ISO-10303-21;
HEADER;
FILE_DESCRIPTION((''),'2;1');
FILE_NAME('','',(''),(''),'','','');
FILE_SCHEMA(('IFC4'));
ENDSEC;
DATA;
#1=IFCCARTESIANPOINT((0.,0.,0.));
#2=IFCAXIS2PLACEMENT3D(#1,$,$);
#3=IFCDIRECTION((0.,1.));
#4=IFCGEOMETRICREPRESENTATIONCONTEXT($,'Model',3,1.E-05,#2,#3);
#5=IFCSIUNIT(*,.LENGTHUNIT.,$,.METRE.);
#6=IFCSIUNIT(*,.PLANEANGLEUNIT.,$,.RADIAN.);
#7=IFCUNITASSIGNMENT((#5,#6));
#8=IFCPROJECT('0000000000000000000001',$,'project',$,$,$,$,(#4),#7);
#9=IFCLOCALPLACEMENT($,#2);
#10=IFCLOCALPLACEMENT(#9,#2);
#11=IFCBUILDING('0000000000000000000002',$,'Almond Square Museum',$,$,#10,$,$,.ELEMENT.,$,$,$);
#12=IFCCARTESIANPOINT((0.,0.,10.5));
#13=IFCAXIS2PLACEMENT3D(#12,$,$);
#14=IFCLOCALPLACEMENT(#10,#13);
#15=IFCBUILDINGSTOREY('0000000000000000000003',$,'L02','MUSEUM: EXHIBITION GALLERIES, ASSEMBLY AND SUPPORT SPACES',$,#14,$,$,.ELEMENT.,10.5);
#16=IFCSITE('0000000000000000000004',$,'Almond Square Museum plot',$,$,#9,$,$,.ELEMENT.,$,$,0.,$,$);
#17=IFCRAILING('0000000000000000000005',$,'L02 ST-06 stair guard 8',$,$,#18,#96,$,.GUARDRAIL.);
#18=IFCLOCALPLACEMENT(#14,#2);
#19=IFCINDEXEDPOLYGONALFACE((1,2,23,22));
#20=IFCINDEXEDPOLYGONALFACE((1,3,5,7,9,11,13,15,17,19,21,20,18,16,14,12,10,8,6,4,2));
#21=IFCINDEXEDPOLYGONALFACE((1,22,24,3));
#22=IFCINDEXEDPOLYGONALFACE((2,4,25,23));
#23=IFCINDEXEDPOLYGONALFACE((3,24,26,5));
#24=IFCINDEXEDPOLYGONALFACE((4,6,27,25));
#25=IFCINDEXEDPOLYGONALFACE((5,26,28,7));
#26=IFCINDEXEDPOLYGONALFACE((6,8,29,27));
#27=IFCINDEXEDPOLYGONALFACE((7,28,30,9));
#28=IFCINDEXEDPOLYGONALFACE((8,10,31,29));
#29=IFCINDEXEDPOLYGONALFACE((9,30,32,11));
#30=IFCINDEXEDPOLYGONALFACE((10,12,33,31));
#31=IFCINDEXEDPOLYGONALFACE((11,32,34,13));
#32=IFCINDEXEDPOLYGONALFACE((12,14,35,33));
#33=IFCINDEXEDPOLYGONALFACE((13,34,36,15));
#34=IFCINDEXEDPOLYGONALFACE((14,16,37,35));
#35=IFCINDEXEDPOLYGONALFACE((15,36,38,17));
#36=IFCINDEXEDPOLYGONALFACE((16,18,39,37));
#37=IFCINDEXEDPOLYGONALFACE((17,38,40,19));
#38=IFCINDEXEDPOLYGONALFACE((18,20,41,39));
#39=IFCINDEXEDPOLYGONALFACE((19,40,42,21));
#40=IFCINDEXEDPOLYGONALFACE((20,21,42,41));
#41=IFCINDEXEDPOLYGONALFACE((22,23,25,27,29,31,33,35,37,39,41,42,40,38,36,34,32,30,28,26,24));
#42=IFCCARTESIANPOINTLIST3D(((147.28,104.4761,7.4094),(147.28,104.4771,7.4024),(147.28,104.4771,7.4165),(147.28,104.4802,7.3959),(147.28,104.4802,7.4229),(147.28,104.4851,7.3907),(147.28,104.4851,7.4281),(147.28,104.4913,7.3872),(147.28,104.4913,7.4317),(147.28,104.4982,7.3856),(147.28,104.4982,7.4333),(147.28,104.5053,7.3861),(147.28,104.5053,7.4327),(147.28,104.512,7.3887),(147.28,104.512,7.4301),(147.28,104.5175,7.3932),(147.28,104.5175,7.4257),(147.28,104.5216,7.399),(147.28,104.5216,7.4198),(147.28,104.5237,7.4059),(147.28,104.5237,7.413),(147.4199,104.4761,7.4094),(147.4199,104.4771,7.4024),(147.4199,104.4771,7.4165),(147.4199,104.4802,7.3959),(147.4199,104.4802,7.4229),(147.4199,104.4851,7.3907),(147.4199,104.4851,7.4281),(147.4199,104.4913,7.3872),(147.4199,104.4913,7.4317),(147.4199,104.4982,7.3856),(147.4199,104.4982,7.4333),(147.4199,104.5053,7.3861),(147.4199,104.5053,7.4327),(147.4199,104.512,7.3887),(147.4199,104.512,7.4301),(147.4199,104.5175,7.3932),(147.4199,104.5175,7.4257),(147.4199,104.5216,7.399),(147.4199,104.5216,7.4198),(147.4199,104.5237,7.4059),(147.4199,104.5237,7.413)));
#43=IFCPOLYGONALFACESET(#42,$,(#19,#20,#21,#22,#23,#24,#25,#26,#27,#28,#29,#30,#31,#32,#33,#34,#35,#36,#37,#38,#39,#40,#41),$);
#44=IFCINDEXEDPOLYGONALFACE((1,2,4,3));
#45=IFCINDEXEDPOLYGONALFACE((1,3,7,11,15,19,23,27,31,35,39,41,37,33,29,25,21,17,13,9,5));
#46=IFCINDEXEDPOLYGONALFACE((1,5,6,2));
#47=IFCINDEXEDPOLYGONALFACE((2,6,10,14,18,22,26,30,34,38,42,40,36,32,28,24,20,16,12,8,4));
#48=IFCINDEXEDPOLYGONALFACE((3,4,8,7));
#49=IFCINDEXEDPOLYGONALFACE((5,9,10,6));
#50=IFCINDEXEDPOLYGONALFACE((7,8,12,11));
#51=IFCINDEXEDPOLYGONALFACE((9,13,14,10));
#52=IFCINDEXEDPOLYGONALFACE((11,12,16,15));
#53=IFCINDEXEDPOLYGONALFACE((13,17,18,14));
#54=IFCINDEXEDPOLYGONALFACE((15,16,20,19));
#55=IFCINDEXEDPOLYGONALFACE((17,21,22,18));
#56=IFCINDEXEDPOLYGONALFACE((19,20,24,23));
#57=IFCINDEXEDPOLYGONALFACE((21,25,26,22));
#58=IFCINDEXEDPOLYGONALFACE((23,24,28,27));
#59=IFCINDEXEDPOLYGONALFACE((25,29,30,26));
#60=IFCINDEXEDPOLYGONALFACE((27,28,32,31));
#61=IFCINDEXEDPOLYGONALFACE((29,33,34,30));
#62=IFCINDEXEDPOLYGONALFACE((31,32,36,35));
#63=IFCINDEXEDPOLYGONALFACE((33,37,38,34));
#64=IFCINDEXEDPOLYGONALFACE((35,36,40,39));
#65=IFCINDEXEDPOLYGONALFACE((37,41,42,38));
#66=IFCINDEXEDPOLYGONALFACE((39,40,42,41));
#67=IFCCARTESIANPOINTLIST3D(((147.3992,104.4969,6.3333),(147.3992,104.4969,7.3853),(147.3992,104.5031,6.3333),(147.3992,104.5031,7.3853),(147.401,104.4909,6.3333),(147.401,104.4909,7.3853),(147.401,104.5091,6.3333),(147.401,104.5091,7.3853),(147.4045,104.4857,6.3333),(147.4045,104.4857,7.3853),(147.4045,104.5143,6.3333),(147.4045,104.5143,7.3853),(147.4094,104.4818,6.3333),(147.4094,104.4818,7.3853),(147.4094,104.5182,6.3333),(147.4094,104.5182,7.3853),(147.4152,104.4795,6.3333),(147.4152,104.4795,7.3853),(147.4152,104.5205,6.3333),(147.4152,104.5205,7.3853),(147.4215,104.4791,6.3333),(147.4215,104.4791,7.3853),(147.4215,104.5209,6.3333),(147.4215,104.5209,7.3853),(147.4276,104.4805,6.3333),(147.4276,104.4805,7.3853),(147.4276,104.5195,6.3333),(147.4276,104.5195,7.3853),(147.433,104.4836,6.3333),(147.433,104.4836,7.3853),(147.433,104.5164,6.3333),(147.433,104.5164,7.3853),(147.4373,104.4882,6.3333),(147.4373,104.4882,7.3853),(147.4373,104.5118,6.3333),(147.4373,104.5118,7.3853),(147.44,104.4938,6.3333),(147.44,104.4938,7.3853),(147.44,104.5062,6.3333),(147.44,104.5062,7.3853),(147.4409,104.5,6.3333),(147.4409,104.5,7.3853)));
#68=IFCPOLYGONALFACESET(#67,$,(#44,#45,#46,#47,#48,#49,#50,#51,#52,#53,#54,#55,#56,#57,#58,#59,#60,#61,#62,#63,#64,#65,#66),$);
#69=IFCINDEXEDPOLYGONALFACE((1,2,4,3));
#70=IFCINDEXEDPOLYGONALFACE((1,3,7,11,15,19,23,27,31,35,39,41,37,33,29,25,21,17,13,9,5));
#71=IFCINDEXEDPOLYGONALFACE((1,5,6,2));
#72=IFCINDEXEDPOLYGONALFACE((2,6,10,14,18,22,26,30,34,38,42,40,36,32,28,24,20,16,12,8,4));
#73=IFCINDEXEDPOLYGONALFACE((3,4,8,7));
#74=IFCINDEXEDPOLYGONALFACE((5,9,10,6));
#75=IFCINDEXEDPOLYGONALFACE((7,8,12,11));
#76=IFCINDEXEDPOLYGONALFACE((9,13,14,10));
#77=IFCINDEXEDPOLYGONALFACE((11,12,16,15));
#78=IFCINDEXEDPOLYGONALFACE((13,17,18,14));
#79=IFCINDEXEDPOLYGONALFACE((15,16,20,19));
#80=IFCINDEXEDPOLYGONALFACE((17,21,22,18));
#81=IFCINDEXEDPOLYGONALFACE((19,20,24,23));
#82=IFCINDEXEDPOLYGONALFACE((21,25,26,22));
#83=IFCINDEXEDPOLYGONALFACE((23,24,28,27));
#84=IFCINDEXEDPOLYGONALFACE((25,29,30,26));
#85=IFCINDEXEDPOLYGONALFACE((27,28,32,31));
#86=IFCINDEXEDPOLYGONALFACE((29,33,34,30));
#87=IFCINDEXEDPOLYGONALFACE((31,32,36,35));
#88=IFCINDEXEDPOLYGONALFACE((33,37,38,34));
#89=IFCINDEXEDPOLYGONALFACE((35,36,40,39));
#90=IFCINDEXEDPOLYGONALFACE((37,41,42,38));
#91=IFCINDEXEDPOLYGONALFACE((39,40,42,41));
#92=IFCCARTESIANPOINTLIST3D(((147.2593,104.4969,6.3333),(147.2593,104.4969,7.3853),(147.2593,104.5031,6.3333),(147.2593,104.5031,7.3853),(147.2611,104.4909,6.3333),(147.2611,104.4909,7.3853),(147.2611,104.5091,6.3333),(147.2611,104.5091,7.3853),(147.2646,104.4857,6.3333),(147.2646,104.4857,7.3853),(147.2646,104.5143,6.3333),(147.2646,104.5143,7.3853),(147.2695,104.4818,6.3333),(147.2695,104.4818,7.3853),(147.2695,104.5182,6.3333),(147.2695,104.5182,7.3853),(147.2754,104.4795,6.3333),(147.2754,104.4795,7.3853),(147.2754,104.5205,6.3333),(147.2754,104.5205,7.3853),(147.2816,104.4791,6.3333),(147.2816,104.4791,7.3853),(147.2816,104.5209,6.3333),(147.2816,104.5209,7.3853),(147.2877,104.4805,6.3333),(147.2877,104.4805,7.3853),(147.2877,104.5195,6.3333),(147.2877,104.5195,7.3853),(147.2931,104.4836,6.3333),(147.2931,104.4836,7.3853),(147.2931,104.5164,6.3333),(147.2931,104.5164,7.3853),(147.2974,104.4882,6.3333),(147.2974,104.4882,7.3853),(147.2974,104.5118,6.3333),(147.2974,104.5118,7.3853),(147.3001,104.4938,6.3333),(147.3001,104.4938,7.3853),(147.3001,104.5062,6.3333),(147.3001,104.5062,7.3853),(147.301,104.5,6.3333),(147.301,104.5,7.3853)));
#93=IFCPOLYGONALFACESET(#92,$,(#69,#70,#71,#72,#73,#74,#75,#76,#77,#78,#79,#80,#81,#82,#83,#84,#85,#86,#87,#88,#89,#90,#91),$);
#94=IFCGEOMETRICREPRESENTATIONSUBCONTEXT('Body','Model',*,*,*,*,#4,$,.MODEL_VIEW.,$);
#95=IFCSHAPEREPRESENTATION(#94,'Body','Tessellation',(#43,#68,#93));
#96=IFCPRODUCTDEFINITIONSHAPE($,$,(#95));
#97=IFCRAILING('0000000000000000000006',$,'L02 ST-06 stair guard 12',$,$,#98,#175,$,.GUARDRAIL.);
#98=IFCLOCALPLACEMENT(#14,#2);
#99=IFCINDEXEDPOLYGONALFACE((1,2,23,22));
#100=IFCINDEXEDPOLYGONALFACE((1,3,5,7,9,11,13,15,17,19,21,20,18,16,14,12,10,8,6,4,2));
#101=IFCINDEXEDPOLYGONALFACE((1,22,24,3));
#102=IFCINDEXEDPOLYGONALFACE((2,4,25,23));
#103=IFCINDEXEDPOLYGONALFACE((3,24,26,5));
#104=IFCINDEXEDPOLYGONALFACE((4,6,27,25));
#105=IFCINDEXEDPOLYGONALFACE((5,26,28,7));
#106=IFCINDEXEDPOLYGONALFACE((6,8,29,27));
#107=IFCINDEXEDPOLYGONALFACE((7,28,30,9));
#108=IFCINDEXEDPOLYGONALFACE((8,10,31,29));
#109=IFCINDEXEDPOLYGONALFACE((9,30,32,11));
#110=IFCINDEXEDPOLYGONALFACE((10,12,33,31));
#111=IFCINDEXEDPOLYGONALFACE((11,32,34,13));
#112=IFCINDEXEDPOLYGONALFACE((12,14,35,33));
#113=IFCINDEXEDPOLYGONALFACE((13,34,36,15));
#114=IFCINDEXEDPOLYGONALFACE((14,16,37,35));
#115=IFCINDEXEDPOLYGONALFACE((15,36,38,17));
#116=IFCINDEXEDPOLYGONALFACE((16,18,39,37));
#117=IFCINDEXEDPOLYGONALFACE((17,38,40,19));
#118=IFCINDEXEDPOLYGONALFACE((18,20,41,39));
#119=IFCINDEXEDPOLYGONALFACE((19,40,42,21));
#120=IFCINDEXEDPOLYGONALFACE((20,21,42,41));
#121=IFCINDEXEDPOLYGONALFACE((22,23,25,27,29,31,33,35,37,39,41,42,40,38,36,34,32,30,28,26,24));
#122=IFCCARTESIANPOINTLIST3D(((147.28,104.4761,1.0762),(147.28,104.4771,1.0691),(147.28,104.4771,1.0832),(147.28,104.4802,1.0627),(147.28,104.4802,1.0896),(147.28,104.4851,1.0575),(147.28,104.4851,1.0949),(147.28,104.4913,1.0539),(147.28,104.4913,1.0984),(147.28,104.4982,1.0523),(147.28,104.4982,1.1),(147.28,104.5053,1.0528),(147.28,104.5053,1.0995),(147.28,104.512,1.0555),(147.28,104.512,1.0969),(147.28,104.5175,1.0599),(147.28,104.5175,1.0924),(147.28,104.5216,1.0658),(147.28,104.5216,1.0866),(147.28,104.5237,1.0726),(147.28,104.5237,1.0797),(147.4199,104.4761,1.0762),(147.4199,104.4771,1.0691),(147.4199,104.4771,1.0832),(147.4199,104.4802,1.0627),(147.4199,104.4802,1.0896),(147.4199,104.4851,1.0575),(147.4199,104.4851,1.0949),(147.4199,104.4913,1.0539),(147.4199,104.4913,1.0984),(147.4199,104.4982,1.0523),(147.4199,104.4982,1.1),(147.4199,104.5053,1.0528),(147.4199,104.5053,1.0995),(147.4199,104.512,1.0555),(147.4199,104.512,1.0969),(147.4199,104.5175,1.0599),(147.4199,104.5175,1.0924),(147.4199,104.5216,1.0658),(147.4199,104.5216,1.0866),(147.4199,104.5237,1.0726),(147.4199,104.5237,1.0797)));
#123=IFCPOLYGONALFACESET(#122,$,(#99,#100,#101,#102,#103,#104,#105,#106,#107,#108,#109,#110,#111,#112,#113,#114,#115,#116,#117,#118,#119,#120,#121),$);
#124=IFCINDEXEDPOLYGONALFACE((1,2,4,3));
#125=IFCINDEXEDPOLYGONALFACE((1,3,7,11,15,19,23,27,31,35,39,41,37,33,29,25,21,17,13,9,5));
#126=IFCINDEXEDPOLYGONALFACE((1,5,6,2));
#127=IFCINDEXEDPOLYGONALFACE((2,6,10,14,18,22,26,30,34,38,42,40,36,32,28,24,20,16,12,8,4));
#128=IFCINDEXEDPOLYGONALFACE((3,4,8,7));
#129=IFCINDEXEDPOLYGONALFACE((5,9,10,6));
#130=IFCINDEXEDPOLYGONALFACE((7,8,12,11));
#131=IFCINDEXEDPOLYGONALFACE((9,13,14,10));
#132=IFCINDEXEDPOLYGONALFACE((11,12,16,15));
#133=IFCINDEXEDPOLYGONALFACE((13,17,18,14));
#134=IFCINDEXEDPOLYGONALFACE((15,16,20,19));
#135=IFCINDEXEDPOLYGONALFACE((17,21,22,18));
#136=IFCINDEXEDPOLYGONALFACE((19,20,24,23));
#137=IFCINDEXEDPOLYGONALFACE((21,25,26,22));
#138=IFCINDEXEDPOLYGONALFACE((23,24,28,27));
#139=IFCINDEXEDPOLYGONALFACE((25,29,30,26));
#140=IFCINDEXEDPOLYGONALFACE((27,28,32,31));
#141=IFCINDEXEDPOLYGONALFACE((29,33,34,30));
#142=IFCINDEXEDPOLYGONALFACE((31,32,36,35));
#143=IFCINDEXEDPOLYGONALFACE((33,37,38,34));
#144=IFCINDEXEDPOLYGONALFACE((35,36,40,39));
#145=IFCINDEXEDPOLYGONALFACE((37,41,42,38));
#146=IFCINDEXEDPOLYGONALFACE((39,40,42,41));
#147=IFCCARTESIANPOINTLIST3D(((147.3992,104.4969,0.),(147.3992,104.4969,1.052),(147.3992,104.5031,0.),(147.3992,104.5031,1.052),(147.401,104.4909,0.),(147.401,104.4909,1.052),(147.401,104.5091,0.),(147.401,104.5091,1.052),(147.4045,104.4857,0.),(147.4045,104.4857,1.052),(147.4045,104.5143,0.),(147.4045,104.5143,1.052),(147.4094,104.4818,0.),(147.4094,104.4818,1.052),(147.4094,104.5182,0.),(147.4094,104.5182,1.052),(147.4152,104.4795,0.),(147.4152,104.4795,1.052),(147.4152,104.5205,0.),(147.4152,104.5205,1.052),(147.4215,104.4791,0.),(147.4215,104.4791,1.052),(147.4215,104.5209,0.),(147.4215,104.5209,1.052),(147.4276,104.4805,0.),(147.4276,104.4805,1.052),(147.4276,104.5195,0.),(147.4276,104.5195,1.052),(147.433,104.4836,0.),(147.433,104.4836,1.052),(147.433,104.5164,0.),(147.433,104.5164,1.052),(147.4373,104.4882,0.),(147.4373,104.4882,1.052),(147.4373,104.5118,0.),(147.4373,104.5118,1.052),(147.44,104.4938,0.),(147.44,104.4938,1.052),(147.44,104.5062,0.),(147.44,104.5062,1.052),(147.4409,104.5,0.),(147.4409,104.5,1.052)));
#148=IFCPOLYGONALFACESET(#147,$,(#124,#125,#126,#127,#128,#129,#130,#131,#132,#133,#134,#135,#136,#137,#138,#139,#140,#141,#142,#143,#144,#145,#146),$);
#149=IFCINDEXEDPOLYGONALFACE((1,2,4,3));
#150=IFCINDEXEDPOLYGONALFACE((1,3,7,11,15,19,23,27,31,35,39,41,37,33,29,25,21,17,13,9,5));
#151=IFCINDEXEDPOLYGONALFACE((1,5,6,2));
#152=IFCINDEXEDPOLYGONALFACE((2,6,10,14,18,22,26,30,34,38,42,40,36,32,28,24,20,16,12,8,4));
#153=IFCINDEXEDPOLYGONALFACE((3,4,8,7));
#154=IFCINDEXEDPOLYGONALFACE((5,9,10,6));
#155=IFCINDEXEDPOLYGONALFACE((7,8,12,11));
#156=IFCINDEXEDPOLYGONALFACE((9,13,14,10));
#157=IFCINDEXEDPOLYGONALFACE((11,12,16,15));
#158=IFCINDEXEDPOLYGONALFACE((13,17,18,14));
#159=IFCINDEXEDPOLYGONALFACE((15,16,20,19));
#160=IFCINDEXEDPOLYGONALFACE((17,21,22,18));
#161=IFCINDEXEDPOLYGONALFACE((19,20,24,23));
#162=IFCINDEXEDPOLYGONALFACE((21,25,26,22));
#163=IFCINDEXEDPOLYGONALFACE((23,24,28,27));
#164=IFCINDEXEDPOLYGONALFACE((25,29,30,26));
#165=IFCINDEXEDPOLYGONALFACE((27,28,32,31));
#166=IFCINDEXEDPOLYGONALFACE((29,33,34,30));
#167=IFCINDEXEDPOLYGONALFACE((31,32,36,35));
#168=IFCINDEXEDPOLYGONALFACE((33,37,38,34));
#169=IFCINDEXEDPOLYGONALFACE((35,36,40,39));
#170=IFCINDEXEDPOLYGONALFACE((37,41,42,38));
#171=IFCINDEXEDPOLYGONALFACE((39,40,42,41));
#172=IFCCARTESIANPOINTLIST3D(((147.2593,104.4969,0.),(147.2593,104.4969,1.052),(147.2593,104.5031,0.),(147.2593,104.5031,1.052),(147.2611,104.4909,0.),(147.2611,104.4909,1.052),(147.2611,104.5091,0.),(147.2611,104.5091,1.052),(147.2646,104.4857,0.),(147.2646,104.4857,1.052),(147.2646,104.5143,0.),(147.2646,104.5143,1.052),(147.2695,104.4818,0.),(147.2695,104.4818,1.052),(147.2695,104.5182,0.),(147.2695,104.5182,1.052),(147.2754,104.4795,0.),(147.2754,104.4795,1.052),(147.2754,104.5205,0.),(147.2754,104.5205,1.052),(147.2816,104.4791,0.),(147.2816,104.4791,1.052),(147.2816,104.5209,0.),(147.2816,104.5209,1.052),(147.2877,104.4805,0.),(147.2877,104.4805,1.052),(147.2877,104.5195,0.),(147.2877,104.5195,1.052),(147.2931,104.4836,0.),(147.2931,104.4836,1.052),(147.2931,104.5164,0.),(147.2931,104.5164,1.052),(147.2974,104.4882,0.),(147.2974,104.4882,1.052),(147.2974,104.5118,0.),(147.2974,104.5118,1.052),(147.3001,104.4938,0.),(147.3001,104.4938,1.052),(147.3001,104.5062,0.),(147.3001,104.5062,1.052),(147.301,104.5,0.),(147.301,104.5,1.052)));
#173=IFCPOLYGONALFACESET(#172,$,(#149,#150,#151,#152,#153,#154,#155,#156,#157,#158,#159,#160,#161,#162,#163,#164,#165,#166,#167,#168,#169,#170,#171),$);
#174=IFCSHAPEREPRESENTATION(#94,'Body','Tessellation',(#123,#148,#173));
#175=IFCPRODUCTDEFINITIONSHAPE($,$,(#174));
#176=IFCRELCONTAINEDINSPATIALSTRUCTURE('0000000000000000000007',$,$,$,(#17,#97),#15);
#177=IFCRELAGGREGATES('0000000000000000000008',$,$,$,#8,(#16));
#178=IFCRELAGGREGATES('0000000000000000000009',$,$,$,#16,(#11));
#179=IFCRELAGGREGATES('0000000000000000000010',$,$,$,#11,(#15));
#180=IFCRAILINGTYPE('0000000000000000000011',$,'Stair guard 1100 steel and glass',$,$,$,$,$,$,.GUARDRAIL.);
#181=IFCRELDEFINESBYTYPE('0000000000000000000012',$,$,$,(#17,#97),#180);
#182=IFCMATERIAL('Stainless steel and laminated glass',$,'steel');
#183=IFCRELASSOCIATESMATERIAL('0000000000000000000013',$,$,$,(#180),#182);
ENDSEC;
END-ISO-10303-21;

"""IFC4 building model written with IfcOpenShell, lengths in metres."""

from ifc_helpers import new_model, si_unit, direction, frame, origin, origin_2d, place, context, subcontext, project, spatial, circle, extrude, material, type_object, element, save


model = new_model("IFC4")

# Units and contexts
model_context = context("Model", 3, precision=1e-05, world=origin(), true_north=direction((0.0, 1.0)))
body_context = subcontext(model_context, "Body", "Model", "MODEL_VIEW")
ifc_project = project(units=[si_unit("LENGTHUNIT", "METRE"), si_unit("PLANEANGLEUNIT", "RADIAN")], contexts=[model_context])

# Site, building, storey
site_placement = place(None, origin())
site = spatial("IfcSite", under=ifc_project, at=site_placement, Name="Almond Square Museum plot", CompositionType="ELEMENT", RefElevation=0.0)
building_placement = place(site_placement, origin())
building = spatial("IfcBuilding", under=site, at=building_placement, Name="Almond Square Museum", CompositionType="ELEMENT")
storey_placement = place(building_placement, frame((0.0, 0.0, 10.5)))
storey = spatial("IfcBuildingStorey", under=building, at=storey_placement, Name="L02", Description="MUSEUM: EXHIBITION GALLERIES, ASSEMBLY AND SUPPORT SPACES", CompositionType="ELEMENT", Elevation=10.5)

# Railings
ifc_material_1 = material(Name="Stainless steel and laminated glass", Category="steel")
railing_type_1 = type_object("IfcRailingType", Name="Stair guard 1100 steel and glass", PredefinedType="GUARDRAIL", material=ifc_material_1)
for number, where, name in (
    (1, (147.4199, 104.5, 6.3333), "L02 ST-06 stair guard 8"),
    (2, (147.4199, 104.5, 0.0), "L02 ST-06 stair guard 12"),
):
    element("IfcRailing", number, at=place(storey_placement, frame(where)), inside=storey, type_object=railing_type_1, Name=name, PredefinedType="GUARDRAIL", context=body_context, shape_type="SweptSolid", body=[
        extrude(circle(Radius=0.0239, at=origin_2d()), frame((0.0, 0.0, 1.0762), z_axis=(-1.0, 0.0, 0.0), x_axis=(0.0, -1.0, 0.0)), (0.0, 0.0, 1.0), 0.1399),
        extrude(circle(Radius=0.021, at=origin_2d()), origin(), (0.0, 0.0, 1.0), 1.052),
        extrude(circle(Radius=0.021, at=origin_2d()), frame((-0.1399, 0.0, 0.0)), (0.0, 0.0, 1.0), 1.052),
    ])

save(model, "model.ifc")
